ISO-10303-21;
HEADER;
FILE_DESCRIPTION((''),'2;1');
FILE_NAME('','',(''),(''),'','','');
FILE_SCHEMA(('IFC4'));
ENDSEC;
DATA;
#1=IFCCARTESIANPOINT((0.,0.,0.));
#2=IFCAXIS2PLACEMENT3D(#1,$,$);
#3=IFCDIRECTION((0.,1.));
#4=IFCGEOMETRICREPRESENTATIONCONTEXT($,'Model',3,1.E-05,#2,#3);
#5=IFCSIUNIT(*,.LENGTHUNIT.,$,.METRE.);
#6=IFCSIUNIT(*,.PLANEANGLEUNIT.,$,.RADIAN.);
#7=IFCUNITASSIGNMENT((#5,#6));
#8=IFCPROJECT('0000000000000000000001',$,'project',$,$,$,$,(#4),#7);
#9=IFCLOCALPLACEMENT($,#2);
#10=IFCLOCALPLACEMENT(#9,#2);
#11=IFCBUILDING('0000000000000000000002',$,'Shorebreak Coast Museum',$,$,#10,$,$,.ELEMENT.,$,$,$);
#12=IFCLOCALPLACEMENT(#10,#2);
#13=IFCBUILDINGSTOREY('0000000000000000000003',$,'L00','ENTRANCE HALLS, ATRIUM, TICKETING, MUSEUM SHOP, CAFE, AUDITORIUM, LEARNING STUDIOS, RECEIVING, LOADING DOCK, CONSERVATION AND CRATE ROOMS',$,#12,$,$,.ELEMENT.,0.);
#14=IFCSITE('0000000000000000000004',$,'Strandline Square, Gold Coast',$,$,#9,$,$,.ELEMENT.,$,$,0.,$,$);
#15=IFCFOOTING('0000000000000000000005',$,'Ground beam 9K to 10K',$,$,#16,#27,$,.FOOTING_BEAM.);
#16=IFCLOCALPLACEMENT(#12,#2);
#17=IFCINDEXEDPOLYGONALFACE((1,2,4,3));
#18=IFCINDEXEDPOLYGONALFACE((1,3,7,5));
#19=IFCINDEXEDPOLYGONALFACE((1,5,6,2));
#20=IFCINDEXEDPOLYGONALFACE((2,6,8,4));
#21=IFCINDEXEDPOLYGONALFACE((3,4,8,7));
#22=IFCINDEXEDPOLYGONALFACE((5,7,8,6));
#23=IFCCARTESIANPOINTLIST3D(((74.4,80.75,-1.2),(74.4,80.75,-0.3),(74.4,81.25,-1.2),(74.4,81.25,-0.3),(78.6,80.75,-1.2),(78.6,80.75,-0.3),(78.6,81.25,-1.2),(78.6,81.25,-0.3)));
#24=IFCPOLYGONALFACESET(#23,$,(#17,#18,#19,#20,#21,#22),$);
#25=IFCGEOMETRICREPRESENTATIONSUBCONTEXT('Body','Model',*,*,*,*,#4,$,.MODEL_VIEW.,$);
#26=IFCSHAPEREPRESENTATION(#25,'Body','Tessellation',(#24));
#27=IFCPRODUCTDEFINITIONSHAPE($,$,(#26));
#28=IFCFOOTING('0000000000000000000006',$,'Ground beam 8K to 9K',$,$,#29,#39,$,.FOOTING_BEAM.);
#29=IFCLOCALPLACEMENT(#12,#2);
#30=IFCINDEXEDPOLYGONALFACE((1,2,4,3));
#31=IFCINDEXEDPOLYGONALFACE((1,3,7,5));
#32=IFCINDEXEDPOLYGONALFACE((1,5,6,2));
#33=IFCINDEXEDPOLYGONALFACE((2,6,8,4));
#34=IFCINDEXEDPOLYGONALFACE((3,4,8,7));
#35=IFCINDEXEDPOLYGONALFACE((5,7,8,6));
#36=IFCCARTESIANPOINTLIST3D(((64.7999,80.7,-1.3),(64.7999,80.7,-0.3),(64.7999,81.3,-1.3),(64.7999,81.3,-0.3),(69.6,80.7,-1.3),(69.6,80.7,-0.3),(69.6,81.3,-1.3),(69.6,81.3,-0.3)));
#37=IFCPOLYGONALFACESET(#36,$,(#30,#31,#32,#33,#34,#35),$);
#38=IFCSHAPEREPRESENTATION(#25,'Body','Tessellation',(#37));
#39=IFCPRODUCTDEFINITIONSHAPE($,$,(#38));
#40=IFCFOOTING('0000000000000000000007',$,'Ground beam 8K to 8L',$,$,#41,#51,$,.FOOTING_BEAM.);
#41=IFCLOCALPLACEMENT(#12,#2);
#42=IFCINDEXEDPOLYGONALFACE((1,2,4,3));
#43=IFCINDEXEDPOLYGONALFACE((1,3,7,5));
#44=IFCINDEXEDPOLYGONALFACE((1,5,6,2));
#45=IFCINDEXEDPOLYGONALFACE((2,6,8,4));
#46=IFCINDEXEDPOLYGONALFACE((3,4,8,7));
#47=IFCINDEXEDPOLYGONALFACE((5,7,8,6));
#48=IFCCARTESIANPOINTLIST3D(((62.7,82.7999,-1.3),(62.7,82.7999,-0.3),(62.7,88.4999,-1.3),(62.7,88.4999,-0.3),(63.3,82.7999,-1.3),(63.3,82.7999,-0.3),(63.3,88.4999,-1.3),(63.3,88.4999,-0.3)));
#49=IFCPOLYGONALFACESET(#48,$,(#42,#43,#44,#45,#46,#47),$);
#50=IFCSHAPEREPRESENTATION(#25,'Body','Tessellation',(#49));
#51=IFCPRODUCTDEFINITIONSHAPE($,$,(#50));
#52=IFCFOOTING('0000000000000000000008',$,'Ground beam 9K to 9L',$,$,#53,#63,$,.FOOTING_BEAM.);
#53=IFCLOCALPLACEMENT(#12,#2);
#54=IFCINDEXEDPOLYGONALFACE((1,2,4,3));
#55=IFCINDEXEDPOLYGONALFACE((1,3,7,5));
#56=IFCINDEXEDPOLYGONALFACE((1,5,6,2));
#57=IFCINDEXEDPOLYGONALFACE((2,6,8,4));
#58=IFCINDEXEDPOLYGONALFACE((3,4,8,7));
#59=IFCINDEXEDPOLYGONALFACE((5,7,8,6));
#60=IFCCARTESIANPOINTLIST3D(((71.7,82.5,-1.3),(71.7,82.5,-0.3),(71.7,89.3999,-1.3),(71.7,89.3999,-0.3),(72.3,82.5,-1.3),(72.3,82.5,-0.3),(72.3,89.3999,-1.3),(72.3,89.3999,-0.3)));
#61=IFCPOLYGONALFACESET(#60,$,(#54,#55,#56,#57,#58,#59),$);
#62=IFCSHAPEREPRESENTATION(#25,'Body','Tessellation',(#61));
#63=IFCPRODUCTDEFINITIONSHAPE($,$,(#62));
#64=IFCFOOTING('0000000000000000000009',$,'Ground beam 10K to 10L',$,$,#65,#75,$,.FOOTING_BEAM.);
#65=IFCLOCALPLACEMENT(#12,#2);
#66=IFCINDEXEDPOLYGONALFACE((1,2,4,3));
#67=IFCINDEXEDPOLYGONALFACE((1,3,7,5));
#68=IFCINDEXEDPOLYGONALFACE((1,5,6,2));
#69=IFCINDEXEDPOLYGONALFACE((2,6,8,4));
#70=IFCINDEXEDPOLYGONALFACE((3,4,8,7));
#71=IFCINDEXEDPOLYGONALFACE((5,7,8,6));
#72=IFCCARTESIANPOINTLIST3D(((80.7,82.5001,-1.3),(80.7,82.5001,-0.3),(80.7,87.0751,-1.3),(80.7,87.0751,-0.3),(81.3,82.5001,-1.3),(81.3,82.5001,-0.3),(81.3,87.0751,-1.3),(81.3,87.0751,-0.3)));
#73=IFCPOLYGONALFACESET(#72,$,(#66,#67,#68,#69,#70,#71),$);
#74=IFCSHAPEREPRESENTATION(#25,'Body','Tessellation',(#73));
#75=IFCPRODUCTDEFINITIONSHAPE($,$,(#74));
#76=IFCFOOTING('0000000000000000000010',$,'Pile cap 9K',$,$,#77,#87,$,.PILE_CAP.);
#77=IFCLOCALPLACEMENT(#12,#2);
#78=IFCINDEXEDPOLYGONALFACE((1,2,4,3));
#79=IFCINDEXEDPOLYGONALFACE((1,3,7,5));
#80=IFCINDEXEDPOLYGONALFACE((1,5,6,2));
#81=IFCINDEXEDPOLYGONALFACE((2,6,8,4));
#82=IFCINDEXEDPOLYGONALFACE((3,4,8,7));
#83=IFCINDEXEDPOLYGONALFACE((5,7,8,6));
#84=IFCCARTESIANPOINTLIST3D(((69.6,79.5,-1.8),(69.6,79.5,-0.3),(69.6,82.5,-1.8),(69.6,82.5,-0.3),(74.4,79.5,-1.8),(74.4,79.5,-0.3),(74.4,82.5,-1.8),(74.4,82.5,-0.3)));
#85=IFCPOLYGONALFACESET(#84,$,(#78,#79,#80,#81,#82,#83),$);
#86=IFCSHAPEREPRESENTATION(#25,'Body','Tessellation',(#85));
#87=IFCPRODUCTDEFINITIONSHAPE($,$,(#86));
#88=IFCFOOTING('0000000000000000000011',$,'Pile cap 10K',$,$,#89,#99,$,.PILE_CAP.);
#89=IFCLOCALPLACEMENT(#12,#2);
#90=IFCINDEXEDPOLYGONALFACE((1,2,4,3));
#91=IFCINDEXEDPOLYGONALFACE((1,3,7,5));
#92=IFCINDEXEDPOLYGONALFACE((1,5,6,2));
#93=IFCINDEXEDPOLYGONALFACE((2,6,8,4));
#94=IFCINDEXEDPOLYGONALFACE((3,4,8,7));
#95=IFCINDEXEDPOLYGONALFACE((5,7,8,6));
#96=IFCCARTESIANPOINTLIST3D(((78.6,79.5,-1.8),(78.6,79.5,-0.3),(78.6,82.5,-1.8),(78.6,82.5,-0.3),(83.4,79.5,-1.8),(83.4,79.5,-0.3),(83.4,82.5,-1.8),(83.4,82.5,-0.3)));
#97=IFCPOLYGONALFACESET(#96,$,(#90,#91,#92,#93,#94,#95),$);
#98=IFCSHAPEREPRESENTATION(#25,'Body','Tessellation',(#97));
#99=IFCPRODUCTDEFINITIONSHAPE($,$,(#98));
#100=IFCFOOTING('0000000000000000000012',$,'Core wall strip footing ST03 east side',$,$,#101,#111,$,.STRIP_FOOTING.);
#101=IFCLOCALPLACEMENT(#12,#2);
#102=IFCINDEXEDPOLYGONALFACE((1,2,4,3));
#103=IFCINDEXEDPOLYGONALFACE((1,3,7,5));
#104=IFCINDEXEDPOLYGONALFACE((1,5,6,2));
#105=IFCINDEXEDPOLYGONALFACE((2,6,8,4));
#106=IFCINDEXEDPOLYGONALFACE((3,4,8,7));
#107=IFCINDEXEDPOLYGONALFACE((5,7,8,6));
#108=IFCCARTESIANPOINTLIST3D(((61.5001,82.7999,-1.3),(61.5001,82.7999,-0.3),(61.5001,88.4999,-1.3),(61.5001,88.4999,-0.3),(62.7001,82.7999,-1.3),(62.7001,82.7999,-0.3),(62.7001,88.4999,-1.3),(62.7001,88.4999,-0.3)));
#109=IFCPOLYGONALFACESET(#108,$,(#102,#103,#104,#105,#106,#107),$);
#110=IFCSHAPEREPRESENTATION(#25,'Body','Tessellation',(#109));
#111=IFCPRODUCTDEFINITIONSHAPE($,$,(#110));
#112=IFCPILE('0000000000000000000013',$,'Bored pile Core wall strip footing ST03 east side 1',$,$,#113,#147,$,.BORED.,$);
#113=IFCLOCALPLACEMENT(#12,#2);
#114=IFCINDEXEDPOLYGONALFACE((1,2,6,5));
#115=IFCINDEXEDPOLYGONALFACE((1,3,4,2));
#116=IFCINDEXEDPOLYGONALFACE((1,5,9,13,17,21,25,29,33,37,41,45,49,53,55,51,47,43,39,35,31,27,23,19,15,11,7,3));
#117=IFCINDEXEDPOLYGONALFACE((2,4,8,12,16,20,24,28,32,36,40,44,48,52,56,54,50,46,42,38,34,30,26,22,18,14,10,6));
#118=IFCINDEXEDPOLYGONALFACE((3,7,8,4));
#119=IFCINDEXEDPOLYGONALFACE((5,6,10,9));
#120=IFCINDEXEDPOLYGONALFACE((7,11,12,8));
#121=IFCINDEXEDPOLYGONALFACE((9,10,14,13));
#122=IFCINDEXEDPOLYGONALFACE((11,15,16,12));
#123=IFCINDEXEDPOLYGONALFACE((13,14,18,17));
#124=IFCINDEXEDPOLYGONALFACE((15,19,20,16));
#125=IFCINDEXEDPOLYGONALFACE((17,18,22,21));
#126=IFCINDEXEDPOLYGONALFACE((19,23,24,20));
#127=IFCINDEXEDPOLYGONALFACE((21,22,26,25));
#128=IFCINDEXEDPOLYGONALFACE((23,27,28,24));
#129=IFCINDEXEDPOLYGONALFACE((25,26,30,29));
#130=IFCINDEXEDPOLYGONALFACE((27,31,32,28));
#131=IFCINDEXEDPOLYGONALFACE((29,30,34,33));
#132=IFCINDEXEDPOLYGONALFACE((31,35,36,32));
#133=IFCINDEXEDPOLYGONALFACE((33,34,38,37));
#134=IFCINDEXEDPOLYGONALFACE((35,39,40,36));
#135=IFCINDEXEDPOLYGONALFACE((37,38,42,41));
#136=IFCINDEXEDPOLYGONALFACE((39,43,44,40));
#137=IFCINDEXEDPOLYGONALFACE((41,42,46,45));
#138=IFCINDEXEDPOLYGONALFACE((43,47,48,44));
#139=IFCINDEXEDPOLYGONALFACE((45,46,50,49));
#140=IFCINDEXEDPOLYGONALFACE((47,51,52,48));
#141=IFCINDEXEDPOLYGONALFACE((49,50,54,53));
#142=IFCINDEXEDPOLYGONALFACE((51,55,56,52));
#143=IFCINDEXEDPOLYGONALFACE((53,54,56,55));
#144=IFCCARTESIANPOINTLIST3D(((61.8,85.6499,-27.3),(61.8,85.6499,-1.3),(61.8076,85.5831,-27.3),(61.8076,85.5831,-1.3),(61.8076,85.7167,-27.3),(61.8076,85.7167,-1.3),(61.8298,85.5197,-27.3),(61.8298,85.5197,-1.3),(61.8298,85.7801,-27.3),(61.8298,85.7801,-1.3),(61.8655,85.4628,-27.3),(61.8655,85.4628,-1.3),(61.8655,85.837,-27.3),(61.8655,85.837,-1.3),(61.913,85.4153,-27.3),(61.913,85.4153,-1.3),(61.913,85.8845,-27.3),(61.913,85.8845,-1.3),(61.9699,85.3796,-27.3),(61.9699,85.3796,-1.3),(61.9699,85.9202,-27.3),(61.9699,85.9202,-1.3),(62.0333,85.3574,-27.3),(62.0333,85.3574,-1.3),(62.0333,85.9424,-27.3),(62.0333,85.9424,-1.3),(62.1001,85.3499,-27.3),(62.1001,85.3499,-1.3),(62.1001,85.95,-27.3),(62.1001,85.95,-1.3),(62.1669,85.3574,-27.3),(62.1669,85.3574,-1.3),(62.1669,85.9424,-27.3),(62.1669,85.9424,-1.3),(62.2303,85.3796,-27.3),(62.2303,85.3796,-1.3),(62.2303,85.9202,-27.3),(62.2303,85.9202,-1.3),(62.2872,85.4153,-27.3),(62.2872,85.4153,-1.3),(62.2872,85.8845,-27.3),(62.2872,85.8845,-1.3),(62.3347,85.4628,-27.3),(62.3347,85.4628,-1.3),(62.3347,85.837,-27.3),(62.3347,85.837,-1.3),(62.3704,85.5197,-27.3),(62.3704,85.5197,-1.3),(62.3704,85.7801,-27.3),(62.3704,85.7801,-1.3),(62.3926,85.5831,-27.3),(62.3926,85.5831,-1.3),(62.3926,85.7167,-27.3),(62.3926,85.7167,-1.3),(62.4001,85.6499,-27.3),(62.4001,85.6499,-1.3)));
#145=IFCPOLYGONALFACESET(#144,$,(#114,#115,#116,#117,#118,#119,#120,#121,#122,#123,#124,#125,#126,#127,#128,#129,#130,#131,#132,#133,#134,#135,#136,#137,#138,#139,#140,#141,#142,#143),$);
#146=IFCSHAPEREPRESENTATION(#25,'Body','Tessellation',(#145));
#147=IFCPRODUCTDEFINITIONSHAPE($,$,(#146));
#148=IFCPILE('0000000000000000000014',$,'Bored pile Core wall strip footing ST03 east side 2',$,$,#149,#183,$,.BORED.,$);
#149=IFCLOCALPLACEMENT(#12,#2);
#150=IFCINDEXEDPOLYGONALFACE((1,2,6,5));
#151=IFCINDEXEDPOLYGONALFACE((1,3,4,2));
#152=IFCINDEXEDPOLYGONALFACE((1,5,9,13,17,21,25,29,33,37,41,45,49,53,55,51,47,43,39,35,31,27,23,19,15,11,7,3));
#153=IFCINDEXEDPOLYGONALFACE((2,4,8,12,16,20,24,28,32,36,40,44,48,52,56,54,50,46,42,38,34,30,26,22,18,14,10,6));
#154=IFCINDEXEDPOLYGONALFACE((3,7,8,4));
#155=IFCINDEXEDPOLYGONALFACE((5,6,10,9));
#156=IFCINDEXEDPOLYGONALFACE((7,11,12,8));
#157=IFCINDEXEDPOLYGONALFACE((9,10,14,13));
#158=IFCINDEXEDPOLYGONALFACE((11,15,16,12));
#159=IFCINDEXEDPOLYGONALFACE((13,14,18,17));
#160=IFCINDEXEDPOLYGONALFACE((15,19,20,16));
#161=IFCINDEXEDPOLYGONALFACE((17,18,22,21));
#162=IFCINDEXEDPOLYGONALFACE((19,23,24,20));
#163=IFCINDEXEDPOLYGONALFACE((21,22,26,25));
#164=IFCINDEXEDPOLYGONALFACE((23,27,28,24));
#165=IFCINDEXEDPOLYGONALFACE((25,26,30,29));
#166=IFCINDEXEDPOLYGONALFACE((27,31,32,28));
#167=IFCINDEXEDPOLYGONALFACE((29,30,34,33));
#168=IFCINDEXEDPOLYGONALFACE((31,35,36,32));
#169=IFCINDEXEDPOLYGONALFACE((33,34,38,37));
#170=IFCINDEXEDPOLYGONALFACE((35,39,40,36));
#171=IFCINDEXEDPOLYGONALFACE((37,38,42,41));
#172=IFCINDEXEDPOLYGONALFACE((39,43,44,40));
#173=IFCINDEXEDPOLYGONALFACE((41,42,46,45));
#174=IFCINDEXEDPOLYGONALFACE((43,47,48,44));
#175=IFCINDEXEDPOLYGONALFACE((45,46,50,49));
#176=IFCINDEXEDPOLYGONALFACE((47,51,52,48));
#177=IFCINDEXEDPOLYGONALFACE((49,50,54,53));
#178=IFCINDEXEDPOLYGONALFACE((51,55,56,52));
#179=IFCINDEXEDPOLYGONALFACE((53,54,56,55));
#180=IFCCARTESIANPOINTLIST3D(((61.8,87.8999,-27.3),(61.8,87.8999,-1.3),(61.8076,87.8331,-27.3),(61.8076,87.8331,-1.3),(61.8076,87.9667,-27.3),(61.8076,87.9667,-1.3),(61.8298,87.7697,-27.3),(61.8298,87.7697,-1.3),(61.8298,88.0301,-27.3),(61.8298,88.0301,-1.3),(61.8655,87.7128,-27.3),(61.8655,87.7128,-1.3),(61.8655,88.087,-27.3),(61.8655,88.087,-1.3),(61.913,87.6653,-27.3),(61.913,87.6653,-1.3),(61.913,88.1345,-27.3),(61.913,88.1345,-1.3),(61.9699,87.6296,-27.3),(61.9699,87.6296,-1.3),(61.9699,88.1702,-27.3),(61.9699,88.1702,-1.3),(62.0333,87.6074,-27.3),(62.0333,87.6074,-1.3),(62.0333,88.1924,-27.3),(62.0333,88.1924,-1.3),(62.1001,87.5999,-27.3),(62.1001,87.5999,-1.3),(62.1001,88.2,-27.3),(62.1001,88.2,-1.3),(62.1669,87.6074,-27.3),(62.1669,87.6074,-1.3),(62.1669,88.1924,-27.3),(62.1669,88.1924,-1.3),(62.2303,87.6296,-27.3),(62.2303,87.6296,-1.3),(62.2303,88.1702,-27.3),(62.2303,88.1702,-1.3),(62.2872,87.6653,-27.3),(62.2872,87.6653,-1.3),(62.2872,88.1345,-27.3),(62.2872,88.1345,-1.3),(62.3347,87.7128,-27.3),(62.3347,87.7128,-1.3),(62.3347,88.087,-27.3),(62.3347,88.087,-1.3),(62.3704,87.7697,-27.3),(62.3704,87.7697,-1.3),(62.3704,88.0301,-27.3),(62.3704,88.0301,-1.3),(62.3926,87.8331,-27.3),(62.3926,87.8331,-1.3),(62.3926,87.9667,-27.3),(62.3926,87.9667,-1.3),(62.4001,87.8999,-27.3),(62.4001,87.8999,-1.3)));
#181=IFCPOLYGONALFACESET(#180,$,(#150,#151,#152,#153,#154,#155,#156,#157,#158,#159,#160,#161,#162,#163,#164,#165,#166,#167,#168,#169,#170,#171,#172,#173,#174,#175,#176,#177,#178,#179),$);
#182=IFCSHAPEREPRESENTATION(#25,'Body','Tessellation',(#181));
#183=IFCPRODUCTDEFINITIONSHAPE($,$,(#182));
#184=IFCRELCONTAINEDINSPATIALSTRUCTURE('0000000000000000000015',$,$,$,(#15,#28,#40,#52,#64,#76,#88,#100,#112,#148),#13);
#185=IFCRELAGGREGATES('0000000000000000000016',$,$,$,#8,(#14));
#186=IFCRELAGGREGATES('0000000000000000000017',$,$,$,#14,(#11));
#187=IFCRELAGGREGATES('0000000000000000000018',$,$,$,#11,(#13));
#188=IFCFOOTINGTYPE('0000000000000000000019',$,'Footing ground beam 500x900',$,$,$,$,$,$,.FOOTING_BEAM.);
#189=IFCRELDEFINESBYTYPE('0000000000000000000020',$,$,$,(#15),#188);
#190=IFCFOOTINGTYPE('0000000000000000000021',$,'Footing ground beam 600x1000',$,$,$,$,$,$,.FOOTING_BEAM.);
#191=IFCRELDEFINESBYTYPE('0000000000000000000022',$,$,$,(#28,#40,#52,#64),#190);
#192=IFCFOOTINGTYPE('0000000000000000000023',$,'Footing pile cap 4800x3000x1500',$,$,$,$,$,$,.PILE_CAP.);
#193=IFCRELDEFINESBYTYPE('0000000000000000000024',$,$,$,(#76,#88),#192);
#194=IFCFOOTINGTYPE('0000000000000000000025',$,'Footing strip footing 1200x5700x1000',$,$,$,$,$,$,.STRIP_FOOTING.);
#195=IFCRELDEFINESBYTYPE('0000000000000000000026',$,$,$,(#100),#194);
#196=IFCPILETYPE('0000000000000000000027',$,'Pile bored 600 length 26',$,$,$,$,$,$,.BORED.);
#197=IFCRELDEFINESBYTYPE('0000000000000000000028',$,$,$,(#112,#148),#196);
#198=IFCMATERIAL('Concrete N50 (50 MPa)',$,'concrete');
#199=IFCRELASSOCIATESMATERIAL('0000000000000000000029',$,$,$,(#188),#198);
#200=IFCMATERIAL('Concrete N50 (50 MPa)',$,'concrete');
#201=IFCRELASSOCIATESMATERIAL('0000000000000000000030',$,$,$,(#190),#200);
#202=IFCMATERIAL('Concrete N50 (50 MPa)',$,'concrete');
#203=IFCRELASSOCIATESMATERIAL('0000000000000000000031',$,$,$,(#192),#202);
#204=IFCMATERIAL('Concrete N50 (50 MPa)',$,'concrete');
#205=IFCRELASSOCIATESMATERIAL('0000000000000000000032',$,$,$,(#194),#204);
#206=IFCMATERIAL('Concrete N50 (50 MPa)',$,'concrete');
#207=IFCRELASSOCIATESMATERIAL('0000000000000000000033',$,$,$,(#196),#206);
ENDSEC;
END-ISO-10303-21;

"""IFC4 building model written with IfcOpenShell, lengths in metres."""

from ifc_helpers import new_model, si_unit, direction, frame, origin, origin_2d, place, context, subcontext, project, spatial, rectangle, circle, extrude, material, material_profile, profile_set, type_object, element, save


model = new_model("IFC4")

# Units and contexts
model_context = context("Model", 3, precision=1e-05, world=origin(), true_north=direction((0.0, 1.0)))
body_context = subcontext(model_context, "Body", "Model", "MODEL_VIEW")
ifc_project = project(units=[si_unit("LENGTHUNIT", "METRE"), si_unit("PLANEANGLEUNIT", "RADIAN")], contexts=[model_context])

# Site, building, storey
site_placement = place(None, origin())
site = spatial("IfcSite", under=ifc_project, at=site_placement, Name="Strandline Square, Gold Coast", CompositionType="ELEMENT", RefElevation=0.0)
building_placement = place(site_placement, origin())
building = spatial("IfcBuilding", under=site, at=building_placement, Name="Shorebreak Coast Museum", CompositionType="ELEMENT")
storey_placement = place(building_placement, origin())
storey = spatial("IfcBuildingStorey", under=building, at=storey_placement, Name="L00", Description="ENTRANCE HALLS, ATRIUM, TICKETING, MUSEUM SHOP, CAFE, AUDITORIUM, LEARNING STUDIOS, RECEIVING, LOADING DOCK, CONSERVATION AND CRATE ROOMS", CompositionType="ELEMENT", Elevation=0.0)

# Footings
ifc_material_1 = material(Name="Concrete N50 (50 MPa)", Category="concrete")
footing_type_1 = type_object("IfcFootingType", Name="Footing ground beam 500x900", PredefinedType="FOOTING_BEAM", material=ifc_material_1)
footing_1_placement = place(storey_placement, frame((76.5, 81.0, -1.2), z_axis=(0.0, 0.0, 1.0), x_axis=(1.0, 0.0, 0.0)))
element("IfcFooting", 1, at=footing_1_placement, inside=storey, type_object=footing_type_1, Name="Ground beam 9K to 10K", PredefinedType="FOOTING_BEAM", context=body_context, shape_type="SweptSolid", body=[
    extrude(rectangle(XDim=4.2, YDim=0.5, at=origin_2d()), origin(), (0.0, 0.0, 1.0), 0.8999),
])
ifc_material_2 = material(Name="Concrete N50 (50 MPa)", Category="concrete")
footing_type_2 = type_object("IfcFootingType", Name="Footing ground beam 600x1000", PredefinedType="FOOTING_BEAM", material=ifc_material_2)
footing_2_placement = place(storey_placement, frame((67.2, 81.0, -1.3), z_axis=(0.0, 0.0, 1.0), x_axis=(1.0, 0.0, 0.0)))
element("IfcFooting", 2, at=footing_2_placement, inside=storey, type_object=footing_type_2, Name="Ground beam 8K to 9K", PredefinedType="FOOTING_BEAM", context=body_context, shape_type="SweptSolid", body=[
    extrude(rectangle(XDim=4.8, YDim=0.6001, at=origin_2d()), origin(), (0.0, 0.0, 1.0), 1.0),
])
footing_3_placement = place(storey_placement, frame((63.0, 85.6499, -1.3), z_axis=(0.0, 0.0, 1.0), x_axis=(1.0, 0.0, 0.0)))
element("IfcFooting", 3, at=footing_3_placement, inside=storey, type_object=footing_type_2, Name="Ground beam 8K to 8L", PredefinedType="FOOTING_BEAM", context=body_context, shape_type="SweptSolid", body=[
    extrude(rectangle(XDim=0.6001, YDim=5.7, at=origin_2d()), origin(), (0.0, 0.0, 1.0), 1.0),
])
footing_4_placement = place(storey_placement, frame((72.0, 85.95, -1.3), z_axis=(0.0, 0.0, 1.0), x_axis=(1.0, 0.0, 0.0)))
element("IfcFooting", 4, at=footing_4_placement, inside=storey, type_object=footing_type_2, Name="Ground beam 9K to 9L", PredefinedType="FOOTING_BEAM", context=body_context, shape_type="SweptSolid", body=[
    extrude(rectangle(XDim=0.6001, YDim=6.8999, at=origin_2d()), origin(), (0.0, 0.0, 1.0), 1.0),
])
footing_5_placement = place(storey_placement, frame((81.0, 84.7876, -1.3), z_axis=(0.0, 0.0, 1.0), x_axis=(1.0, 0.0, 0.0)))
element("IfcFooting", 5, at=footing_5_placement, inside=storey, type_object=footing_type_2, Name="Ground beam 10K to 10L", PredefinedType="FOOTING_BEAM", context=body_context, shape_type="SweptSolid", body=[
    extrude(rectangle(XDim=0.6001, YDim=4.575, at=origin_2d()), origin(), (0.0, 0.0, 1.0), 1.0),
])
ifc_material_3 = material(Name="Concrete N50 (50 MPa)", Category="concrete")
footing_type_3 = type_object("IfcFootingType", Name="Footing pile cap 4800x3000x1500", PredefinedType="PILE_CAP", material=ifc_material_3)
for number, where, z_axis, x_axis, name in (
    (6, (72.0, 81.0, -1.8), (0.0, 0.0, 1.0), (1.0, 0.0, 0.0), "Pile cap 9K"),
    (7, (81.0, 81.0, -1.8), (0.0, 0.0, 1.0), (1.0, 0.0, 0.0), "Pile cap 10K"),
):
    element("IfcFooting", number, at=place(storey_placement, frame(where, z_axis=z_axis, x_axis=x_axis)), inside=storey, type_object=footing_type_3, Name=name, PredefinedType="PILE_CAP", context=body_context, shape_type="SweptSolid", body=[
        extrude(rectangle(XDim=4.8, YDim=3.0, at=origin_2d()), origin(), (0.0, 0.0, 1.0), 1.5),
    ])
ifc_material_4 = material(Name="Concrete N50 (50 MPa)", Category="concrete")
footing_type_4 = type_object("IfcFootingType", Name="Footing strip footing 1200x5700x1000", PredefinedType="STRIP_FOOTING", material=ifc_material_4)
footing_6_placement = place(storey_placement, frame((62.1001, 85.6499, -1.3), z_axis=(0.0, 0.0, 1.0), x_axis=(1.0, 0.0, 0.0)))
element("IfcFooting", 8, at=footing_6_placement, inside=storey, type_object=footing_type_4, Name="Core wall strip footing ST03 east side", PredefinedType="STRIP_FOOTING", context=body_context, shape_type="SweptSolid", body=[
    extrude(rectangle(XDim=1.2, YDim=5.7, at=origin_2d()), origin(), (0.0, 0.0, 1.0), 1.0),
])

# Piles
ifc_material_5 = material(Name="Concrete N50 (50 MPa)", Category="concrete")
ifc_material_profile_1 = material_profile(ifc_material_5, circle(Radius=0.3, at=origin_2d()), Name="Pile bored 600 length 26")
ifc_profile_set_1 = profile_set([ifc_material_profile_1], Name="Concrete N50 (50 MPa)")
pile_type_1 = type_object("IfcPileType", Name="Pile bored 600 length 26", PredefinedType="BORED", material=ifc_profile_set_1)
for number, where, z_axis, x_axis, name in (
    (9, (62.1001, 85.6499, -1.3), (0.0, 0.0, -1.0), (1.0, 0.0, 0.0), "Bored pile Core wall strip footing ST03 east side 1"),
    (10, (62.1001, 87.8999, -1.3), (0.0, 0.0, -1.0), (1.0, 0.0, 0.0), "Bored pile Core wall strip footing ST03 east side 2"),
):
    element("IfcPile", number, at=place(storey_placement, frame(where, z_axis=z_axis, x_axis=x_axis)), inside=storey, type_object=pile_type_1, Name=name, PredefinedType="BORED", context=body_context, shape_type="SweptSolid", body=[
        extrude(circle(Radius=0.3, at=origin_2d()), origin(), (0.0, 0.0, 1.0), 26.0),
    ])

save(model, "model.ifc")
